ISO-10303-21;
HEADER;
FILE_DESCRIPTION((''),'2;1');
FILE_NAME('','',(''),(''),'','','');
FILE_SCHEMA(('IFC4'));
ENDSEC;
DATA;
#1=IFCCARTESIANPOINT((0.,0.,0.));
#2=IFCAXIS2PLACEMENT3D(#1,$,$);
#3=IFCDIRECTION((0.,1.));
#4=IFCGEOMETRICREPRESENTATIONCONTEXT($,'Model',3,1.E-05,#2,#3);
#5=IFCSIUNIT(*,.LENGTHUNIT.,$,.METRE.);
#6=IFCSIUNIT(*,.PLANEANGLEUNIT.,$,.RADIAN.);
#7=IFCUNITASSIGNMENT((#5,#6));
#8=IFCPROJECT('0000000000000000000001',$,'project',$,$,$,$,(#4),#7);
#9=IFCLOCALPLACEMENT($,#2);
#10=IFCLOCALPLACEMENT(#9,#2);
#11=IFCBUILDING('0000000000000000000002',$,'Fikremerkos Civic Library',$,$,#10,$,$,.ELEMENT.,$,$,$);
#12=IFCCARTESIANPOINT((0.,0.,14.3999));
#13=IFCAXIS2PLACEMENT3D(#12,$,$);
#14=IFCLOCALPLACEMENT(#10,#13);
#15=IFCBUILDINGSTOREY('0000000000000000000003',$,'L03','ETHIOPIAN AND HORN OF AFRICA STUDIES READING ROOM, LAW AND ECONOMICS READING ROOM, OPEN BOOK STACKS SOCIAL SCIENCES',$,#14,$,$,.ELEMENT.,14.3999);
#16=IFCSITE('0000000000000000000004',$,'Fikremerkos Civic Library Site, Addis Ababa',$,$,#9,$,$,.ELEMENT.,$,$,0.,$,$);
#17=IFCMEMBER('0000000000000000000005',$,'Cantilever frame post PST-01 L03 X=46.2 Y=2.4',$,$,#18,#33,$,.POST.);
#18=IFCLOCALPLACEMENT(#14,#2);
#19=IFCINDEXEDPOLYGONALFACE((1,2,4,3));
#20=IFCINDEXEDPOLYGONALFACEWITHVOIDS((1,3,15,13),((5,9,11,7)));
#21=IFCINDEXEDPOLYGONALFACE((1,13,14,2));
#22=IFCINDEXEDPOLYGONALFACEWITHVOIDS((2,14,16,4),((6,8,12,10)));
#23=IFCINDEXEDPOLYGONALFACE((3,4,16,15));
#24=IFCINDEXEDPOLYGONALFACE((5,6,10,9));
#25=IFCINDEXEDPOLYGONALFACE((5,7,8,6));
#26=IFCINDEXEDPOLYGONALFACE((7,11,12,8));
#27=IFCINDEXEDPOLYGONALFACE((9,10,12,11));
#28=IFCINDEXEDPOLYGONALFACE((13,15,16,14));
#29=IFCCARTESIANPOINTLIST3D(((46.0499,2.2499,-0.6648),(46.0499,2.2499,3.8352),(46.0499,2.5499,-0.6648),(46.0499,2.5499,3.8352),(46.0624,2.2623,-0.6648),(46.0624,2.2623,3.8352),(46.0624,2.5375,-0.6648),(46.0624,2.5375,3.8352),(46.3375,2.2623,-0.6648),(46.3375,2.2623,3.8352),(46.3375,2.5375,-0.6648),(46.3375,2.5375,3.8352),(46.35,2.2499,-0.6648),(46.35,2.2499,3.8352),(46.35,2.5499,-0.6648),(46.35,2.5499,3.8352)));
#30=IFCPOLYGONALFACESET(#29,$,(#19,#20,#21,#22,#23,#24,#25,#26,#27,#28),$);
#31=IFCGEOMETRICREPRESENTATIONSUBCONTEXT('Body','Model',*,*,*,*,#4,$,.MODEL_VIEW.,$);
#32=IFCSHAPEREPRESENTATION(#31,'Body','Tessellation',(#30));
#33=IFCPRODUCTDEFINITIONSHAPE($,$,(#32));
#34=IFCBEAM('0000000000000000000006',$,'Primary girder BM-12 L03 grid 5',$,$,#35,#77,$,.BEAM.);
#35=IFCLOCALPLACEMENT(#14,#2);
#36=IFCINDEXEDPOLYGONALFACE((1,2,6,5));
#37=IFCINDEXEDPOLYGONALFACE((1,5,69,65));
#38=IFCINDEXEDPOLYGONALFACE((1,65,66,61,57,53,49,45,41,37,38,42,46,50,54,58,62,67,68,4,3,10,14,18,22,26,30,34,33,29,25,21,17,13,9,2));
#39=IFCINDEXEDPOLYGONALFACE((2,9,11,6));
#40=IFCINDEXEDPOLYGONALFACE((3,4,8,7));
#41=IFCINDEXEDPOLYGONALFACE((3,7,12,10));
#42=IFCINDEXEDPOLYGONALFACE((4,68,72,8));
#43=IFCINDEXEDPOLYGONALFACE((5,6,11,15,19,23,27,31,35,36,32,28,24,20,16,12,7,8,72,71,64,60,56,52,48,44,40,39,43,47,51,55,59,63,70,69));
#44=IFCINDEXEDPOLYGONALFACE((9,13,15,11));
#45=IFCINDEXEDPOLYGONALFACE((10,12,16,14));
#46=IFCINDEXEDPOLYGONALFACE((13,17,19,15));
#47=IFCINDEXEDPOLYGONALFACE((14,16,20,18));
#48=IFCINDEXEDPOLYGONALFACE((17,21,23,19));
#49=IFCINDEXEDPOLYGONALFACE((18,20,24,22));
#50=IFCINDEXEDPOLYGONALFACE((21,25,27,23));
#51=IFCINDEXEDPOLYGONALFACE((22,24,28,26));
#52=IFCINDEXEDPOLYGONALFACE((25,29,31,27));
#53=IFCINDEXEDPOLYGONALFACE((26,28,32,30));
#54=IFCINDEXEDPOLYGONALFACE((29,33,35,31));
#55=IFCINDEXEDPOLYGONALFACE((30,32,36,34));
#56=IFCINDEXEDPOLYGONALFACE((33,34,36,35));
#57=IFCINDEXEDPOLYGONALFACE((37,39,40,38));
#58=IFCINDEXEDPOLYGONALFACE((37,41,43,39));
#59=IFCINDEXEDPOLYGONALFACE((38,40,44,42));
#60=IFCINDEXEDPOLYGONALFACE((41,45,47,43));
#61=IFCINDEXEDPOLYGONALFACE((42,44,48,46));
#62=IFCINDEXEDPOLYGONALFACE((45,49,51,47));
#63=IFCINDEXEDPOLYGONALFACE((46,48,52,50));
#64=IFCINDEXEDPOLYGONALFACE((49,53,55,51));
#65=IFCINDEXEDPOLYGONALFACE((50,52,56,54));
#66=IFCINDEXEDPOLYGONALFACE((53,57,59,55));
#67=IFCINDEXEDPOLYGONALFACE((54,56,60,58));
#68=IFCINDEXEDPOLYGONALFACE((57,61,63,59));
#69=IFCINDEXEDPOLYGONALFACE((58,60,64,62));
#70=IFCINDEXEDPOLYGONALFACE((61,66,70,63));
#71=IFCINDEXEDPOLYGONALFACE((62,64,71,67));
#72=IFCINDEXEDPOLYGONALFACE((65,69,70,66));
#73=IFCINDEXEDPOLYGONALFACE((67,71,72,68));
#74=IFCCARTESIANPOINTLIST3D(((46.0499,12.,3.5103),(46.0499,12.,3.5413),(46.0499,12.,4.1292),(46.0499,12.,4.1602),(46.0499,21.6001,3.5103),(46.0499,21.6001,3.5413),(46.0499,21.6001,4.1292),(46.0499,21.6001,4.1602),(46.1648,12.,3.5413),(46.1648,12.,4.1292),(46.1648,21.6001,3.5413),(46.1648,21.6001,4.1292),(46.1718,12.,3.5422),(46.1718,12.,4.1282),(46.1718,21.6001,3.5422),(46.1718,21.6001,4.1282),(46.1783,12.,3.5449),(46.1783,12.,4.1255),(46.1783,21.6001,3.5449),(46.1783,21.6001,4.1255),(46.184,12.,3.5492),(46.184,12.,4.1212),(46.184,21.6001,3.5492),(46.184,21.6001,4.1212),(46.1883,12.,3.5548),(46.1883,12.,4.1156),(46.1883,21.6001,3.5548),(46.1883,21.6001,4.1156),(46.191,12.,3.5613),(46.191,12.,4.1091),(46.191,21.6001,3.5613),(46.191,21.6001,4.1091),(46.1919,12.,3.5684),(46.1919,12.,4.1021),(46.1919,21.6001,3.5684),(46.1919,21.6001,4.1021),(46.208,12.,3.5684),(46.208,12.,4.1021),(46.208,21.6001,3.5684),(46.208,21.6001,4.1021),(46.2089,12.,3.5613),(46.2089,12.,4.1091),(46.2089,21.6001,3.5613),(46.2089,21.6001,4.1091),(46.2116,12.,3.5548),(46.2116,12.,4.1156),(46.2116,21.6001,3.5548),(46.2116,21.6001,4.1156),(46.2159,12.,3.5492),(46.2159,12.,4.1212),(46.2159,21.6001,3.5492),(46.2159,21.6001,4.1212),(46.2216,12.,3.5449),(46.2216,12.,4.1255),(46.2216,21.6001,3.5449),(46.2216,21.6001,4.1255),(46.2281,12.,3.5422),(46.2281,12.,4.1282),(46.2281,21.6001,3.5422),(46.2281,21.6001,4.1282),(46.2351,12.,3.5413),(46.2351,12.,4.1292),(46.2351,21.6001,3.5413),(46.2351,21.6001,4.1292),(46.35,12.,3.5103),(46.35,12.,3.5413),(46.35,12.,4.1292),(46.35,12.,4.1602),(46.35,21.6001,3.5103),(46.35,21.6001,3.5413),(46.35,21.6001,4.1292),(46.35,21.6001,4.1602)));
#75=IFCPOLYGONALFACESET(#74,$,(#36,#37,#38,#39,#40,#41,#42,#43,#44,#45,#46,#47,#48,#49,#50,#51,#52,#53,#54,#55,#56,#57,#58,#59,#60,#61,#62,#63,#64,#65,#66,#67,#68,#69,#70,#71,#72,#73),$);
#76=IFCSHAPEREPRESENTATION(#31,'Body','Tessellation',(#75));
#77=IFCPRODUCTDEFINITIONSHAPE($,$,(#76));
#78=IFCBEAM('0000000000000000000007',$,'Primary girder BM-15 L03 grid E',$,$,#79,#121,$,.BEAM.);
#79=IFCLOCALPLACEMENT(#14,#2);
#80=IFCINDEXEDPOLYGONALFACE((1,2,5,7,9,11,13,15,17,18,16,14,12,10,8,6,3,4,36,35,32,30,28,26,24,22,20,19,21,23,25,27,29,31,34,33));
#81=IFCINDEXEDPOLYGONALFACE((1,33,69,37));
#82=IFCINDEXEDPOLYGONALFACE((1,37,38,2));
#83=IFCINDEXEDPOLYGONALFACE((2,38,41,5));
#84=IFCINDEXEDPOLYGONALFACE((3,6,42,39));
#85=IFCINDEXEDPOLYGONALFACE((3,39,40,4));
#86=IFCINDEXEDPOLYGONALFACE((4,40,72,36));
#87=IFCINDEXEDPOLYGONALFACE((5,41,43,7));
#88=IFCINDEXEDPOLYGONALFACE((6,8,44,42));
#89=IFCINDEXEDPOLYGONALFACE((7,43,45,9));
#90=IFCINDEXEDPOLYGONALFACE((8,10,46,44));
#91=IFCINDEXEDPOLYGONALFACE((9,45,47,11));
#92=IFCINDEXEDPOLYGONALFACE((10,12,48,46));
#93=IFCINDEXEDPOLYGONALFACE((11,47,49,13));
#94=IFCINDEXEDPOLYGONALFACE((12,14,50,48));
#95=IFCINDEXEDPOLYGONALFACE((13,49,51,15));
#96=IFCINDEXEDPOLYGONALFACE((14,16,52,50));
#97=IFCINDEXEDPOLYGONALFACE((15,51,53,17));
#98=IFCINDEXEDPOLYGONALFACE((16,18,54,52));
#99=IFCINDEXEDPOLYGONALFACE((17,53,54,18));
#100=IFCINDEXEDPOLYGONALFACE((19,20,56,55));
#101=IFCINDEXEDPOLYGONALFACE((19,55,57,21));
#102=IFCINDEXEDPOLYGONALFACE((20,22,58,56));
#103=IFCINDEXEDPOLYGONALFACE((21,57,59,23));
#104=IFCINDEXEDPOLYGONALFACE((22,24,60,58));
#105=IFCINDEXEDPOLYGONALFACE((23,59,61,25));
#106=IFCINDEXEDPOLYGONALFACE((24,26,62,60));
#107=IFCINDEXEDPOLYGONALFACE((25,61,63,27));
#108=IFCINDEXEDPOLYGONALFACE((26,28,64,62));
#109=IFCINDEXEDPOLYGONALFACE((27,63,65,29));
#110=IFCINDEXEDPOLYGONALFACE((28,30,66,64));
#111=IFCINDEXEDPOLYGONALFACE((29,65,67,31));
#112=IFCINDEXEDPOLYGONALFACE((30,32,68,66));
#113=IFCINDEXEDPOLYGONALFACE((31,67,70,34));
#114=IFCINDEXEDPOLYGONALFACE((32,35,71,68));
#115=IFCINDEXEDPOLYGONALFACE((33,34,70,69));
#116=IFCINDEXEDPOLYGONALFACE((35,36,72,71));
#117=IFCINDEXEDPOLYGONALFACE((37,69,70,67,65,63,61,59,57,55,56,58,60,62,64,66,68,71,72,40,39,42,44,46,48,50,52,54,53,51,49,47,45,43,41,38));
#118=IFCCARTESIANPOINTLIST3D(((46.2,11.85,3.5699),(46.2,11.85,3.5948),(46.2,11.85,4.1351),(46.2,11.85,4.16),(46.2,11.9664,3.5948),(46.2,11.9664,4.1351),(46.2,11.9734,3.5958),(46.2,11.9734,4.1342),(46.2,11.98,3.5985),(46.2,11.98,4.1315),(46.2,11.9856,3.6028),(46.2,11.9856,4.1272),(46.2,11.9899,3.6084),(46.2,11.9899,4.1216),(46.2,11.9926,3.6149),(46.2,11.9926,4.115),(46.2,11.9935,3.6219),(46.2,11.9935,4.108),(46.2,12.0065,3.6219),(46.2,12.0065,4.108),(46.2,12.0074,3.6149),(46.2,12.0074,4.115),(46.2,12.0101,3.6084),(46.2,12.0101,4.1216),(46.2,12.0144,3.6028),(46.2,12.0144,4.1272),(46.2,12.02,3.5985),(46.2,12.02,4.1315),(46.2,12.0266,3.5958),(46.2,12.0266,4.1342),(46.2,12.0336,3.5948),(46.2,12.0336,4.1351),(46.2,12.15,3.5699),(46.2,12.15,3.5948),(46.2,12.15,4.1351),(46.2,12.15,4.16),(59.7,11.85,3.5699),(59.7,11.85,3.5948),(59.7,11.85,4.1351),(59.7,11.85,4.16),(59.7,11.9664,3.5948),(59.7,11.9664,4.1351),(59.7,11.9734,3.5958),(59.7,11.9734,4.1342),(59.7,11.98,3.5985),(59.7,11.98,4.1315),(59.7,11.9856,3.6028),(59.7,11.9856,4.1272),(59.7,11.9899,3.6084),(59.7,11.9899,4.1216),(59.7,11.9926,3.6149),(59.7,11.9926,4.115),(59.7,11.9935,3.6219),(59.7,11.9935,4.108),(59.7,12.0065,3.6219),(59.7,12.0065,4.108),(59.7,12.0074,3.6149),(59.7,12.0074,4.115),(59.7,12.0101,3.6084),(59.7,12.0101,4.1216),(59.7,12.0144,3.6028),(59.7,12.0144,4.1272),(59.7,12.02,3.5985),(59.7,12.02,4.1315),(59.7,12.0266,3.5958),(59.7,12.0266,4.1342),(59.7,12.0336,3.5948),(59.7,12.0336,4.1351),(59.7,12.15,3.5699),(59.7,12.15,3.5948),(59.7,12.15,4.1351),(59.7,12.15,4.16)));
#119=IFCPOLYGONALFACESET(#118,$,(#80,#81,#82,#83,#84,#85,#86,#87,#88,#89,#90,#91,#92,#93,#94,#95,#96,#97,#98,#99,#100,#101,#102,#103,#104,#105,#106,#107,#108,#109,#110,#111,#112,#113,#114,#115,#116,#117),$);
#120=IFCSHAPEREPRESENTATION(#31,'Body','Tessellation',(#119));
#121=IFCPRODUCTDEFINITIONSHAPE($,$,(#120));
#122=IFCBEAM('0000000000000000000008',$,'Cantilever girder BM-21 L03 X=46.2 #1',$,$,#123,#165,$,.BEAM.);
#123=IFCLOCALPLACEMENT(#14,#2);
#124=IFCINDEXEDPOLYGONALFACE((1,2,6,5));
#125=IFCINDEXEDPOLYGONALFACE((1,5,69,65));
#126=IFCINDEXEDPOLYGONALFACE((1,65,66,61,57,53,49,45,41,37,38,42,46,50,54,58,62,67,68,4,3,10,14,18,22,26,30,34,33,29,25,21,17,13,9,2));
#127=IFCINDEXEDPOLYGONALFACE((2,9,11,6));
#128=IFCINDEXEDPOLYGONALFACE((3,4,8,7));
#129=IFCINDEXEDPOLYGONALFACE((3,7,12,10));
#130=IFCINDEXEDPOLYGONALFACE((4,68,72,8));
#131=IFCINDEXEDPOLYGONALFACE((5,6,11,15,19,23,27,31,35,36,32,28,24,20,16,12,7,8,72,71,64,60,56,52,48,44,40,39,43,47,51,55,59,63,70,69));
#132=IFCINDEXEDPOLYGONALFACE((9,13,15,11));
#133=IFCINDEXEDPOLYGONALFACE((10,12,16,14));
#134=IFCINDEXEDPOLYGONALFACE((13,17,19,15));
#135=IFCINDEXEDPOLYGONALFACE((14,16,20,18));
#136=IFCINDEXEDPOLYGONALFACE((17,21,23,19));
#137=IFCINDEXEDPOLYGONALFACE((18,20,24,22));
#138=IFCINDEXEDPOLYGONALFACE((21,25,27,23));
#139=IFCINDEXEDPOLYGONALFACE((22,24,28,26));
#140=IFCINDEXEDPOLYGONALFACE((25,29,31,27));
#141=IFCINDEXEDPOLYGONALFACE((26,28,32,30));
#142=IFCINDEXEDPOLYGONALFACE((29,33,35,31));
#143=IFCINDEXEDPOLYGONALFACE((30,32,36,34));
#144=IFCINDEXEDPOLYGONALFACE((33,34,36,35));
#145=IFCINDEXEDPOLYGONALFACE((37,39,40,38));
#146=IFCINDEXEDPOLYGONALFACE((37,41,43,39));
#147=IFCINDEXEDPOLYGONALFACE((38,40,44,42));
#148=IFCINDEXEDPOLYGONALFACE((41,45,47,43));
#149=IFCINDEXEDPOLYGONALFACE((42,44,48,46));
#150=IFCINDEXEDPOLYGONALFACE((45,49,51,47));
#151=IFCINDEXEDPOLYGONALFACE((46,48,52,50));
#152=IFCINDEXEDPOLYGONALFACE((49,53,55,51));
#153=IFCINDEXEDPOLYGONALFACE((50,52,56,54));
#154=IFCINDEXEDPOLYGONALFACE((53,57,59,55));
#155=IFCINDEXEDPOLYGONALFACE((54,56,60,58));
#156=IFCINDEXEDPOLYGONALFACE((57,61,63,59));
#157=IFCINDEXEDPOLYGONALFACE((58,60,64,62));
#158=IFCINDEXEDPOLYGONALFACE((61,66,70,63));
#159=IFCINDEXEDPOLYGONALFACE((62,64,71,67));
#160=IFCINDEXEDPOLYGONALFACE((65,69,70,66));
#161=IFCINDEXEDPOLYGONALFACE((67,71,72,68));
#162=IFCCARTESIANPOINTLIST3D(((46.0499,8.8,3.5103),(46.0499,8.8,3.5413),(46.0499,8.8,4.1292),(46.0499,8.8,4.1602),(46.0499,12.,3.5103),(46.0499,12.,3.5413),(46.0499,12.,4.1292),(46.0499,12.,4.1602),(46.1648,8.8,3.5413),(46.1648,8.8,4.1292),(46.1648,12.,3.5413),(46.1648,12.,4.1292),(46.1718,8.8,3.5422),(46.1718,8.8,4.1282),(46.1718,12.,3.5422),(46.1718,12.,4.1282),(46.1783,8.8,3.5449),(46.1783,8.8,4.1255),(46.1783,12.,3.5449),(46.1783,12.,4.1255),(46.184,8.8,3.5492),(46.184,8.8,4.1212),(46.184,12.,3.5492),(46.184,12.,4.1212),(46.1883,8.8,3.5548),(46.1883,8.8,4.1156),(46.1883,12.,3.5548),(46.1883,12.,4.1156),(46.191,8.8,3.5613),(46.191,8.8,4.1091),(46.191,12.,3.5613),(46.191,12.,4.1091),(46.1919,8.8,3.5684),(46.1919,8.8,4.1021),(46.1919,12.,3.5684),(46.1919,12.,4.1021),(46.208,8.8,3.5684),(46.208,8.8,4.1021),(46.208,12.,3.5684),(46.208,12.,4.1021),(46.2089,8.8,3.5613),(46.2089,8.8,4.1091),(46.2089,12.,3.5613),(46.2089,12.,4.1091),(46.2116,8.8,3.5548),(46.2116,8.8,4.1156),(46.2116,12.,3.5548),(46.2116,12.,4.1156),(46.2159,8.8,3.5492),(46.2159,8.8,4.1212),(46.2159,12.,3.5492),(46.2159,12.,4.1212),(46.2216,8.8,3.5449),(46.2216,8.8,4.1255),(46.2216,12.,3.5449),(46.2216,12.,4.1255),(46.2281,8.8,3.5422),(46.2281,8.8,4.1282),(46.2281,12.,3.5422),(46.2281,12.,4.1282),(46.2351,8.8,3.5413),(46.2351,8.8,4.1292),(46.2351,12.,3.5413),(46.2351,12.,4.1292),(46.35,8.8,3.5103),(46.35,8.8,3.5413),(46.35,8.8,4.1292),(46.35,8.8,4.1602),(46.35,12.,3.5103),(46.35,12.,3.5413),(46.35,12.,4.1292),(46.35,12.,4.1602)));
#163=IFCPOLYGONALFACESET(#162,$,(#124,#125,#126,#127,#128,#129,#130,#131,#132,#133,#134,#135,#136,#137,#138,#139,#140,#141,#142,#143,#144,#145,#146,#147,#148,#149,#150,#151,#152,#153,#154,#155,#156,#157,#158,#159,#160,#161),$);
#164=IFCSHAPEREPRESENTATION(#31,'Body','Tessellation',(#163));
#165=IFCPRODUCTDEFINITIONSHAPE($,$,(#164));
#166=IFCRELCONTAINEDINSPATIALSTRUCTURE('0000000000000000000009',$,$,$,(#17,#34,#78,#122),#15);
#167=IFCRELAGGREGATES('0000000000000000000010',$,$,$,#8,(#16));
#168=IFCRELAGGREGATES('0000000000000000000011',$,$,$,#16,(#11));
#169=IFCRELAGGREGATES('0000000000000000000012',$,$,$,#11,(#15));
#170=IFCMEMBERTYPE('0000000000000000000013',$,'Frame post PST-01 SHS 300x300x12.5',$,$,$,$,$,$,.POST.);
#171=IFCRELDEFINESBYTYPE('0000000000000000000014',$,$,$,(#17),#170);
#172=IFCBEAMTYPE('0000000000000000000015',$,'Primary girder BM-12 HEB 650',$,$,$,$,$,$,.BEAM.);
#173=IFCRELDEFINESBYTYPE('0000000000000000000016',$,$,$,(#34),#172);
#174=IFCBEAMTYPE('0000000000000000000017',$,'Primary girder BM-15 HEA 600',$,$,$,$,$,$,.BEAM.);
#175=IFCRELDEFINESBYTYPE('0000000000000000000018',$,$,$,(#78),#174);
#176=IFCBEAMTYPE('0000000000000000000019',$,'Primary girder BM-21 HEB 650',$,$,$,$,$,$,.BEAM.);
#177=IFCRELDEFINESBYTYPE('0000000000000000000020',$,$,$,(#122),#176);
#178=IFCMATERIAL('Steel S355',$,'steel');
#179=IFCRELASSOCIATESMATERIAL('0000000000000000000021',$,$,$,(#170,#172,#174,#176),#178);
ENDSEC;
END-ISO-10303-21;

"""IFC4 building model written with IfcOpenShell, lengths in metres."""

from ifc_helpers import new_model, si_unit, direction, frame, origin, origin_2d, place, context, subcontext, project, spatial, hollow_rectangle, i_section, extrude, material, material_profile, profile_set, type_object, element, save


model = new_model("IFC4")

# Units and contexts
model_context = context("Model", 3, precision=1e-05, world=origin(), true_north=direction((0.0, 1.0)))
body_context = subcontext(model_context, "Body", "Model", "MODEL_VIEW")
ifc_project = project(units=[si_unit("LENGTHUNIT", "METRE"), si_unit("PLANEANGLEUNIT", "RADIAN")], contexts=[model_context])

# Site, building, storey
site_placement = place(None, origin())
site = spatial("IfcSite", under=ifc_project, at=site_placement, Name="Fikremerkos Civic Library Site, Addis Ababa", CompositionType="ELEMENT", RefElevation=0.0)
building_placement = place(site_placement, origin())
building = spatial("IfcBuilding", under=site, at=building_placement, Name="Fikremerkos Civic Library", CompositionType="ELEMENT")
storey_placement = place(building_placement, frame((0.0, 0.0, 14.3999)))
storey = spatial("IfcBuildingStorey", under=building, at=storey_placement, Name="L03", Description="ETHIOPIAN AND HORN OF AFRICA STUDIES READING ROOM, LAW AND ECONOMICS READING ROOM, OPEN BOOK STACKS SOCIAL SCIENCES", CompositionType="ELEMENT", Elevation=14.3999)

# Shared definitions
ifc_material_1 = material(Name="Steel S355", Category="steel")

# Member
ifc_material_profile_1 = material_profile(ifc_material_1, hollow_rectangle(XDim=0.3, YDim=0.3, WallThickness=0.0125, at=origin_2d()), Name="SHS 300x300x12.5")
ifc_profile_set_1 = profile_set([ifc_material_profile_1], Name="Steel S355")
member_type = type_object("IfcMemberType", Name="Frame post PST-01 SHS 300x300x12.5", PredefinedType="POST", material=ifc_profile_set_1)
for number, where, z_axis, x_axis, name in (
    (1, (46.2, 2.3999, -0.6648), (0.0, 0.0, 1.0), (1.0, 0.0, 0.0), "Cantilever frame post PST-01 L03 X=46.2 Y=2.4"),
):
    element("IfcMember", number, at=place(storey_placement, frame(where, z_axis=z_axis, x_axis=x_axis)), inside=storey, type_object=member_type, Name=name, PredefinedType="POST", context=body_context, shape_type="SweptSolid", body=[
        extrude(hollow_rectangle(XDim=0.3, YDim=0.3, WallThickness=0.0125, at=origin_2d()), origin(), (0.0, 0.0, 1.0), 4.5),
    ])

# Beams
ifc_material_profile_2 = material_profile(ifc_material_1, i_section(OverallWidth=0.3, OverallDepth=0.6499, WebThickness=0.0161, FlangeThickness=0.031, FilletRadius=0.0271, at=origin_2d()), Name="HEB 650")
ifc_profile_set_2 = profile_set([ifc_material_profile_2], Name="Steel S355")
beam_type_1 = type_object("IfcBeamType", Name="Primary girder BM-12 HEB 650", PredefinedType="BEAM", material=ifc_profile_set_2)
beam_1_placement = place(storey_placement, frame((46.2, 12.0, 3.8352), z_axis=(0.0, 1.0, 0.0), x_axis=(-1.0, 0.0, 0.0)))
element("IfcBeam", 2, at=beam_1_placement, inside=storey, type_object=beam_type_1, Name="Primary girder BM-12 L03 grid 5", PredefinedType="BEAM", context=body_context, shape_type="SweptSolid", body=[
    extrude(i_section(OverallWidth=0.3, OverallDepth=0.6499, WebThickness=0.0161, FlangeThickness=0.031, FilletRadius=0.0271, at=origin_2d()), origin(), (0.0, 0.0, 1.0), 9.6001),
])
ifc_material_profile_3 = material_profile(ifc_material_1, i_section(OverallWidth=0.3, OverallDepth=0.5901, WebThickness=0.0129, FlangeThickness=0.0249, FilletRadius=0.0271, at=origin_2d()), Name="HEA 600")
ifc_profile_set_3 = profile_set([ifc_material_profile_3], Name="Steel S355")
beam_type_2 = type_object("IfcBeamType", Name="Primary girder BM-15 HEA 600", PredefinedType="BEAM", material=ifc_profile_set_3)
beam_2_placement = place(storey_placement, frame((46.2, 12.0, 3.865), z_axis=(1.0, 0.0, 0.0), x_axis=(0.0, 1.0, 0.0)))
element("IfcBeam", 3, at=beam_2_placement, inside=storey, type_object=beam_type_2, Name="Primary girder BM-15 L03 grid E", PredefinedType="BEAM", context=body_context, shape_type="SweptSolid", body=[
    extrude(i_section(OverallWidth=0.3, OverallDepth=0.5901, WebThickness=0.0129, FlangeThickness=0.0249, FilletRadius=0.0271, at=origin_2d()), origin(), (0.0, 0.0, 1.0), 13.5),
])
ifc_material_profile_4 = material_profile(ifc_material_1, i_section(OverallWidth=0.3, OverallDepth=0.6499, WebThickness=0.0161, FlangeThickness=0.031, FilletRadius=0.0271, at=origin_2d()), Name="HEB 650")
ifc_profile_set_4 = profile_set([ifc_material_profile_4], Name="Steel S355")
beam_type_3 = type_object("IfcBeamType", Name="Primary girder BM-21 HEB 650", PredefinedType="BEAM", material=ifc_profile_set_4)
for number, where, z_axis, x_axis, name in (
    (4, (46.2, 12.0, 3.8352), (0.0, -1.0, 0.0), (1.0, 0.0, 0.0), "Cantilever girder BM-21 L03 X=46.2 #1"),
):
    element("IfcBeam", number, at=place(storey_placement, frame(where, z_axis=z_axis, x_axis=x_axis)), inside=storey, type_object=beam_type_3, Name=name, PredefinedType="BEAM", context=body_context, shape_type="SweptSolid", body=[
        extrude(i_section(OverallWidth=0.3, OverallDepth=0.6499, WebThickness=0.0161, FlangeThickness=0.031, FilletRadius=0.0271, at=origin_2d()), origin(), (0.0, 0.0, 1.0), 3.2),
    ])

save(model, "model.ifc")
